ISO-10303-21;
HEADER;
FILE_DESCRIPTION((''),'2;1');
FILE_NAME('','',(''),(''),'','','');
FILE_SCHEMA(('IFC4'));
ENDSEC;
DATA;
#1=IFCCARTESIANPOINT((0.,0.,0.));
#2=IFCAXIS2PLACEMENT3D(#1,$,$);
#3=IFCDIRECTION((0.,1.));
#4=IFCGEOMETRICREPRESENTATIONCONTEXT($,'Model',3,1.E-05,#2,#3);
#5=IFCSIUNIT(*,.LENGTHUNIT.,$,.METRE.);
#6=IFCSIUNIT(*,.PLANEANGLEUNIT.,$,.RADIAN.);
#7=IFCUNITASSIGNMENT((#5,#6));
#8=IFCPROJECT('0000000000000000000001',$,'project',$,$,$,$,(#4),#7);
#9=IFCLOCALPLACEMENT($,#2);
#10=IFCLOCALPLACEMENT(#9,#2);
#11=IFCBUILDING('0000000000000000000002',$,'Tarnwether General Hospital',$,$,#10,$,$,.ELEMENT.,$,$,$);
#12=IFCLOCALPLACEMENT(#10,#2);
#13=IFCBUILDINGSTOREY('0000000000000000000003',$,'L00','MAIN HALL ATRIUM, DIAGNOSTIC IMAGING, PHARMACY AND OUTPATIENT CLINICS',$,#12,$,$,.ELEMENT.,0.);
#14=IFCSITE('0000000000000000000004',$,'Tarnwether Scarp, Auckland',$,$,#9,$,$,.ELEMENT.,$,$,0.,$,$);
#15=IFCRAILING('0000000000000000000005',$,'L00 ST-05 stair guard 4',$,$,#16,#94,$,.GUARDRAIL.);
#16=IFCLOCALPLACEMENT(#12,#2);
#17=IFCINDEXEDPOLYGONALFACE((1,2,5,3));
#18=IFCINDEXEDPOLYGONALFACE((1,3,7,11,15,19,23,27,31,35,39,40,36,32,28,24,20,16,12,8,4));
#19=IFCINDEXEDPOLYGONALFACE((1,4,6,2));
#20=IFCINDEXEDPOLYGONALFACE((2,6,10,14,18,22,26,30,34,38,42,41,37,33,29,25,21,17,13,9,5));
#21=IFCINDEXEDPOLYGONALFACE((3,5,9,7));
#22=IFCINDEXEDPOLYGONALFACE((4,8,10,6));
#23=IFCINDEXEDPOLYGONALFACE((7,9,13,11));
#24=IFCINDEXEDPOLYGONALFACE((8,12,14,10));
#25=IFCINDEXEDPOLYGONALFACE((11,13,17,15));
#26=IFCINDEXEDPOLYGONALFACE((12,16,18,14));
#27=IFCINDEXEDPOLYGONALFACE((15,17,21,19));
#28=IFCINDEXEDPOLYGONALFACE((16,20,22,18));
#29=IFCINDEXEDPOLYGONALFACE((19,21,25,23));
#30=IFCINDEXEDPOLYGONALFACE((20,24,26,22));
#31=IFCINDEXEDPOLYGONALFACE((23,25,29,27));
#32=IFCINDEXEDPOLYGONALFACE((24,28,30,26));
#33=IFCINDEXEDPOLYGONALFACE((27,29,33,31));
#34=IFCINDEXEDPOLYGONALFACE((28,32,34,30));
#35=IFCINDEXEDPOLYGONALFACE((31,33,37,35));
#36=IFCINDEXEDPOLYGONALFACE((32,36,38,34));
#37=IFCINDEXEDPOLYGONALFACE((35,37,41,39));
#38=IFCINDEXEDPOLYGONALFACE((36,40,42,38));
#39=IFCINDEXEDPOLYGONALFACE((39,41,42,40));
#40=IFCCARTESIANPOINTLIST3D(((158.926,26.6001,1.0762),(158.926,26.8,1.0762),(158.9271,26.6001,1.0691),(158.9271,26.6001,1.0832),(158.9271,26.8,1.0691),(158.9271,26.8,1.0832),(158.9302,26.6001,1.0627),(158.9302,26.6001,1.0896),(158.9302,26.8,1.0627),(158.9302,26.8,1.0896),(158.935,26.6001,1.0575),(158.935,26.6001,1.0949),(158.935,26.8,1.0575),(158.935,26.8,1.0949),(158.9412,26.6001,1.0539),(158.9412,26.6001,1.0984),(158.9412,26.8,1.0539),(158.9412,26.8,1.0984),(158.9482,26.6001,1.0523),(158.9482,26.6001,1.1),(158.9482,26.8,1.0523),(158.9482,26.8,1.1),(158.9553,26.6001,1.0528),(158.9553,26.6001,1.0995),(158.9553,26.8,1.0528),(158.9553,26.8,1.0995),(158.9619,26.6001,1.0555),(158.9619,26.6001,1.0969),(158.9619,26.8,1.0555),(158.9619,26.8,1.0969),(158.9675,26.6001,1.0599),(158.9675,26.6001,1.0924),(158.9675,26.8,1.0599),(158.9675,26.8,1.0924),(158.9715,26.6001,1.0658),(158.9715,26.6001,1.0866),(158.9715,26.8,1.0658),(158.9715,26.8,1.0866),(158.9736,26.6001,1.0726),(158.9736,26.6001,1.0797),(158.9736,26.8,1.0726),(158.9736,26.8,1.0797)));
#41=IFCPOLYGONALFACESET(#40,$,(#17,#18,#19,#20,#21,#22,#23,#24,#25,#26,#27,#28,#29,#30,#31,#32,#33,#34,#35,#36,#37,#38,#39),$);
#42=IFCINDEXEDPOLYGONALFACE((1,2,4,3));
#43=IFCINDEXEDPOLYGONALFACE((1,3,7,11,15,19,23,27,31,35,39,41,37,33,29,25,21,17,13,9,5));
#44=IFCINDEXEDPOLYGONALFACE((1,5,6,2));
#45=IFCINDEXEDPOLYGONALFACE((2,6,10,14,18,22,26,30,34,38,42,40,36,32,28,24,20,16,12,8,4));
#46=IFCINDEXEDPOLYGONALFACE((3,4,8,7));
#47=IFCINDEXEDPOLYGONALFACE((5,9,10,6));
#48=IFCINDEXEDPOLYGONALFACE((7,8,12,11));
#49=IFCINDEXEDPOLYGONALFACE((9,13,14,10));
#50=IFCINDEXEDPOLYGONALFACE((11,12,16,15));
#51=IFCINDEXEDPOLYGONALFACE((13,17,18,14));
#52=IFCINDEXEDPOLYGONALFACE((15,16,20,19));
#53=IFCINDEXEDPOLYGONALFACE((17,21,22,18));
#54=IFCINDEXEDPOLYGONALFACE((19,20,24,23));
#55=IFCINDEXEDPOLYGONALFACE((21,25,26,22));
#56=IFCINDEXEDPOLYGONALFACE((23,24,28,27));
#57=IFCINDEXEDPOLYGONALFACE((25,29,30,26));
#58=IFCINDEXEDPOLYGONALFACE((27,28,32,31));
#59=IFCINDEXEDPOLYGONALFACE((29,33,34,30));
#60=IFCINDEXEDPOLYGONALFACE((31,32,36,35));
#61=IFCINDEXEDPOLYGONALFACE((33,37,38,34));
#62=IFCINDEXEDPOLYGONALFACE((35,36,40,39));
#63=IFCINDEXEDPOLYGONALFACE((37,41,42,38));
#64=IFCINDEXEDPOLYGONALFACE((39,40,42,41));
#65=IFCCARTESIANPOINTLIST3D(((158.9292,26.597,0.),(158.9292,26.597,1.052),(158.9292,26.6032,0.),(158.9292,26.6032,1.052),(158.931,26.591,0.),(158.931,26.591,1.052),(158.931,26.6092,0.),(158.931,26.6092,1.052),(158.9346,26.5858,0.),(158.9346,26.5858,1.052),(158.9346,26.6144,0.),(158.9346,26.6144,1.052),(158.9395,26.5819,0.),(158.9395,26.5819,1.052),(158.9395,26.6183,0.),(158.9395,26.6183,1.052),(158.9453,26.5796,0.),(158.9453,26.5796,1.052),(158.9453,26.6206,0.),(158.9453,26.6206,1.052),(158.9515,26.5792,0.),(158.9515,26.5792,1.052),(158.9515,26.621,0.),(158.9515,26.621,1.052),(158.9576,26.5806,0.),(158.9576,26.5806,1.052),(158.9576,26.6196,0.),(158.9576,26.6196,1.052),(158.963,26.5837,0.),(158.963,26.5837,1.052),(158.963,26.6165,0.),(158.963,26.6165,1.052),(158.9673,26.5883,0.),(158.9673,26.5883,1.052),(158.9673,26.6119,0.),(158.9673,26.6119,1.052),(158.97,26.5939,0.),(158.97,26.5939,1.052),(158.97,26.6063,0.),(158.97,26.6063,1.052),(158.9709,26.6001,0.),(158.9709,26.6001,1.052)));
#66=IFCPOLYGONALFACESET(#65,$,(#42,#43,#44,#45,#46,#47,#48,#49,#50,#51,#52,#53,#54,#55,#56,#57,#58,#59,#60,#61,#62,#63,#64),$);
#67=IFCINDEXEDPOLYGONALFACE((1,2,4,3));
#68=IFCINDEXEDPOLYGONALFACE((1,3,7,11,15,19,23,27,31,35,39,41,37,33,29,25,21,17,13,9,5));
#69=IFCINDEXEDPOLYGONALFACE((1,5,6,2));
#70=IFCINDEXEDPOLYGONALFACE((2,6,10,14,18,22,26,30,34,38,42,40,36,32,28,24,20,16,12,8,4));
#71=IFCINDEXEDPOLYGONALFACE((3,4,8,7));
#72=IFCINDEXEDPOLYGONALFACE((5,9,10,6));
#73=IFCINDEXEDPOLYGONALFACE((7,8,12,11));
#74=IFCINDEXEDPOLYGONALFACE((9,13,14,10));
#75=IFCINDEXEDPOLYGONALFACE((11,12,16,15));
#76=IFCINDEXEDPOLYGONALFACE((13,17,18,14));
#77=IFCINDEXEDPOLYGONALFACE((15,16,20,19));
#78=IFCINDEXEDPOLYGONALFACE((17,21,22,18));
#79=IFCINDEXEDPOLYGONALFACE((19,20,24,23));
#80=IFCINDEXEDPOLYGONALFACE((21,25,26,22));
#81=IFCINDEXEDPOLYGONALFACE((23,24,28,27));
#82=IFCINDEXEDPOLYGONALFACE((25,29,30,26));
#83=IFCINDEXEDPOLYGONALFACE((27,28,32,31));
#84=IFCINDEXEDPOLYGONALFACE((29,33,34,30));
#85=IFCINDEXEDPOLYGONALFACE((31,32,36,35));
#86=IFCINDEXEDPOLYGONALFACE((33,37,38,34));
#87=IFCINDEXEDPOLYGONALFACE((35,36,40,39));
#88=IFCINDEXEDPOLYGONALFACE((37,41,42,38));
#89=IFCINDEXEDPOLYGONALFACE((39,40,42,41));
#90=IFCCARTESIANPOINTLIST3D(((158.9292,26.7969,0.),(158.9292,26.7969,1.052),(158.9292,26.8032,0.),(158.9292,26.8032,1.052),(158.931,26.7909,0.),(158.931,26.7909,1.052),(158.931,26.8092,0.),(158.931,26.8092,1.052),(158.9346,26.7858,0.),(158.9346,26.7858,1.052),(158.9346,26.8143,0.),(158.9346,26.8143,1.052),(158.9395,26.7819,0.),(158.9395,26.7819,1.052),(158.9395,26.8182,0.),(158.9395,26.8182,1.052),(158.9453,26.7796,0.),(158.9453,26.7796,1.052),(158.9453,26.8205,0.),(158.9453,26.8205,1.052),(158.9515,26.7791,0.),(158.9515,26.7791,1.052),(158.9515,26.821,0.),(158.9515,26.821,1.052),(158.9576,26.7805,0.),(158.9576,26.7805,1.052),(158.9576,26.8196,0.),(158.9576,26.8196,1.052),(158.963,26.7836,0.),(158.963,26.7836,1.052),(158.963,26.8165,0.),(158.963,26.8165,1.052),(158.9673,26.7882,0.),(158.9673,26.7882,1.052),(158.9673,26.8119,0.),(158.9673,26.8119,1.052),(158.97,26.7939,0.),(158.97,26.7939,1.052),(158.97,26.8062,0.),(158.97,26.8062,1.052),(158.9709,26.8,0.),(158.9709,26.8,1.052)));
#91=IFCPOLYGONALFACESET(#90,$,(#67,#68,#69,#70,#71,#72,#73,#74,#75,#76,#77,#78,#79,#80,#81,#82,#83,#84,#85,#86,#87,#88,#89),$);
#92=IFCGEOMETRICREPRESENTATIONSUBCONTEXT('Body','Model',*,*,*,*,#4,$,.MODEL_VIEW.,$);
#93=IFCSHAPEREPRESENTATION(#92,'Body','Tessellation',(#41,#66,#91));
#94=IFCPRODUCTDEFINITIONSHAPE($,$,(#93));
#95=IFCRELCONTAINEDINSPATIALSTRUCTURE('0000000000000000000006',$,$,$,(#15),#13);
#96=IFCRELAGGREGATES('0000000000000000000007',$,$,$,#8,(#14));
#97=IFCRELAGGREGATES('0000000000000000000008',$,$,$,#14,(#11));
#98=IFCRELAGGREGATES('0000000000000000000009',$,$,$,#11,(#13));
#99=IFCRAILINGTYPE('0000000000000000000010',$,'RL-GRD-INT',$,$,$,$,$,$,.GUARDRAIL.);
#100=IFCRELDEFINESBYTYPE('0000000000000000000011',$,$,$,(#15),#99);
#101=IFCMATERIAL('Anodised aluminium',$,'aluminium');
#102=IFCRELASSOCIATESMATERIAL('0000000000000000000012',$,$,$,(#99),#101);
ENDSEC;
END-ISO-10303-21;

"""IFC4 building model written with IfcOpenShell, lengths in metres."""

from ifc_helpers import new_model, si_unit, direction, frame, origin, origin_2d, place, context, subcontext, project, spatial, circle, extrude, material, type_object, element, save


model = new_model("IFC4")

# Units and contexts
model_context = context("Model", 3, precision=1e-05, world=origin(), true_north=direction((0.0, 1.0)))
body_context = subcontext(model_context, "Body", "Model", "MODEL_VIEW")
ifc_project = project(units=[si_unit("LENGTHUNIT", "METRE"), si_unit("PLANEANGLEUNIT", "RADIAN")], contexts=[model_context])

# Site, building, storey
site_placement = place(None, origin())
site = spatial("IfcSite", under=ifc_project, at=site_placement, Name="Tarnwether Scarp, Auckland", CompositionType="ELEMENT", RefElevation=0.0)
building_placement = place(site_placement, origin())
building = spatial("IfcBuilding", under=site, at=building_placement, Name="Tarnwether General Hospital", CompositionType="ELEMENT")
storey_placement = place(building_placement, origin())
storey = spatial("IfcBuildingStorey", under=building, at=storey_placement, Name="L00", Description="MAIN HALL ATRIUM, DIAGNOSTIC IMAGING, PHARMACY AND OUTPATIENT CLINICS", CompositionType="ELEMENT", Elevation=0.0)

# Railing
ifc_material_1 = material(Name="Anodised aluminium", Category="aluminium")
railing_type_1 = type_object("IfcRailingType", Name="RL-GRD-INT", PredefinedType="GUARDRAIL", material=ifc_material_1)
railing_1_placement = place(storey_placement, frame((158.95, 26.6001, 0.0)))
element("IfcRailing", 1, at=railing_1_placement, inside=storey, type_object=railing_type_1, Name="L00 ST-05 stair guard 4", PredefinedType="GUARDRAIL", context=body_context, shape_type="SweptSolid", body=[
    extrude(circle(Radius=0.0239, at=origin_2d()), frame((0.0, 0.0, 1.0762), z_axis=(0.0, 1.0, 0.0), x_axis=(-1.0, 0.0, 0.0)), (0.0, 0.0, 1.0), 0.2),
    extrude(circle(Radius=0.021, at=origin_2d()), origin(), (0.0, 0.0, 1.0), 1.052),
    extrude(circle(Radius=0.021, at=origin_2d()), frame((0.0, 0.2, 0.0)), (0.0, 0.0, 1.0), 1.052),
])

save(model, "model.ifc")
